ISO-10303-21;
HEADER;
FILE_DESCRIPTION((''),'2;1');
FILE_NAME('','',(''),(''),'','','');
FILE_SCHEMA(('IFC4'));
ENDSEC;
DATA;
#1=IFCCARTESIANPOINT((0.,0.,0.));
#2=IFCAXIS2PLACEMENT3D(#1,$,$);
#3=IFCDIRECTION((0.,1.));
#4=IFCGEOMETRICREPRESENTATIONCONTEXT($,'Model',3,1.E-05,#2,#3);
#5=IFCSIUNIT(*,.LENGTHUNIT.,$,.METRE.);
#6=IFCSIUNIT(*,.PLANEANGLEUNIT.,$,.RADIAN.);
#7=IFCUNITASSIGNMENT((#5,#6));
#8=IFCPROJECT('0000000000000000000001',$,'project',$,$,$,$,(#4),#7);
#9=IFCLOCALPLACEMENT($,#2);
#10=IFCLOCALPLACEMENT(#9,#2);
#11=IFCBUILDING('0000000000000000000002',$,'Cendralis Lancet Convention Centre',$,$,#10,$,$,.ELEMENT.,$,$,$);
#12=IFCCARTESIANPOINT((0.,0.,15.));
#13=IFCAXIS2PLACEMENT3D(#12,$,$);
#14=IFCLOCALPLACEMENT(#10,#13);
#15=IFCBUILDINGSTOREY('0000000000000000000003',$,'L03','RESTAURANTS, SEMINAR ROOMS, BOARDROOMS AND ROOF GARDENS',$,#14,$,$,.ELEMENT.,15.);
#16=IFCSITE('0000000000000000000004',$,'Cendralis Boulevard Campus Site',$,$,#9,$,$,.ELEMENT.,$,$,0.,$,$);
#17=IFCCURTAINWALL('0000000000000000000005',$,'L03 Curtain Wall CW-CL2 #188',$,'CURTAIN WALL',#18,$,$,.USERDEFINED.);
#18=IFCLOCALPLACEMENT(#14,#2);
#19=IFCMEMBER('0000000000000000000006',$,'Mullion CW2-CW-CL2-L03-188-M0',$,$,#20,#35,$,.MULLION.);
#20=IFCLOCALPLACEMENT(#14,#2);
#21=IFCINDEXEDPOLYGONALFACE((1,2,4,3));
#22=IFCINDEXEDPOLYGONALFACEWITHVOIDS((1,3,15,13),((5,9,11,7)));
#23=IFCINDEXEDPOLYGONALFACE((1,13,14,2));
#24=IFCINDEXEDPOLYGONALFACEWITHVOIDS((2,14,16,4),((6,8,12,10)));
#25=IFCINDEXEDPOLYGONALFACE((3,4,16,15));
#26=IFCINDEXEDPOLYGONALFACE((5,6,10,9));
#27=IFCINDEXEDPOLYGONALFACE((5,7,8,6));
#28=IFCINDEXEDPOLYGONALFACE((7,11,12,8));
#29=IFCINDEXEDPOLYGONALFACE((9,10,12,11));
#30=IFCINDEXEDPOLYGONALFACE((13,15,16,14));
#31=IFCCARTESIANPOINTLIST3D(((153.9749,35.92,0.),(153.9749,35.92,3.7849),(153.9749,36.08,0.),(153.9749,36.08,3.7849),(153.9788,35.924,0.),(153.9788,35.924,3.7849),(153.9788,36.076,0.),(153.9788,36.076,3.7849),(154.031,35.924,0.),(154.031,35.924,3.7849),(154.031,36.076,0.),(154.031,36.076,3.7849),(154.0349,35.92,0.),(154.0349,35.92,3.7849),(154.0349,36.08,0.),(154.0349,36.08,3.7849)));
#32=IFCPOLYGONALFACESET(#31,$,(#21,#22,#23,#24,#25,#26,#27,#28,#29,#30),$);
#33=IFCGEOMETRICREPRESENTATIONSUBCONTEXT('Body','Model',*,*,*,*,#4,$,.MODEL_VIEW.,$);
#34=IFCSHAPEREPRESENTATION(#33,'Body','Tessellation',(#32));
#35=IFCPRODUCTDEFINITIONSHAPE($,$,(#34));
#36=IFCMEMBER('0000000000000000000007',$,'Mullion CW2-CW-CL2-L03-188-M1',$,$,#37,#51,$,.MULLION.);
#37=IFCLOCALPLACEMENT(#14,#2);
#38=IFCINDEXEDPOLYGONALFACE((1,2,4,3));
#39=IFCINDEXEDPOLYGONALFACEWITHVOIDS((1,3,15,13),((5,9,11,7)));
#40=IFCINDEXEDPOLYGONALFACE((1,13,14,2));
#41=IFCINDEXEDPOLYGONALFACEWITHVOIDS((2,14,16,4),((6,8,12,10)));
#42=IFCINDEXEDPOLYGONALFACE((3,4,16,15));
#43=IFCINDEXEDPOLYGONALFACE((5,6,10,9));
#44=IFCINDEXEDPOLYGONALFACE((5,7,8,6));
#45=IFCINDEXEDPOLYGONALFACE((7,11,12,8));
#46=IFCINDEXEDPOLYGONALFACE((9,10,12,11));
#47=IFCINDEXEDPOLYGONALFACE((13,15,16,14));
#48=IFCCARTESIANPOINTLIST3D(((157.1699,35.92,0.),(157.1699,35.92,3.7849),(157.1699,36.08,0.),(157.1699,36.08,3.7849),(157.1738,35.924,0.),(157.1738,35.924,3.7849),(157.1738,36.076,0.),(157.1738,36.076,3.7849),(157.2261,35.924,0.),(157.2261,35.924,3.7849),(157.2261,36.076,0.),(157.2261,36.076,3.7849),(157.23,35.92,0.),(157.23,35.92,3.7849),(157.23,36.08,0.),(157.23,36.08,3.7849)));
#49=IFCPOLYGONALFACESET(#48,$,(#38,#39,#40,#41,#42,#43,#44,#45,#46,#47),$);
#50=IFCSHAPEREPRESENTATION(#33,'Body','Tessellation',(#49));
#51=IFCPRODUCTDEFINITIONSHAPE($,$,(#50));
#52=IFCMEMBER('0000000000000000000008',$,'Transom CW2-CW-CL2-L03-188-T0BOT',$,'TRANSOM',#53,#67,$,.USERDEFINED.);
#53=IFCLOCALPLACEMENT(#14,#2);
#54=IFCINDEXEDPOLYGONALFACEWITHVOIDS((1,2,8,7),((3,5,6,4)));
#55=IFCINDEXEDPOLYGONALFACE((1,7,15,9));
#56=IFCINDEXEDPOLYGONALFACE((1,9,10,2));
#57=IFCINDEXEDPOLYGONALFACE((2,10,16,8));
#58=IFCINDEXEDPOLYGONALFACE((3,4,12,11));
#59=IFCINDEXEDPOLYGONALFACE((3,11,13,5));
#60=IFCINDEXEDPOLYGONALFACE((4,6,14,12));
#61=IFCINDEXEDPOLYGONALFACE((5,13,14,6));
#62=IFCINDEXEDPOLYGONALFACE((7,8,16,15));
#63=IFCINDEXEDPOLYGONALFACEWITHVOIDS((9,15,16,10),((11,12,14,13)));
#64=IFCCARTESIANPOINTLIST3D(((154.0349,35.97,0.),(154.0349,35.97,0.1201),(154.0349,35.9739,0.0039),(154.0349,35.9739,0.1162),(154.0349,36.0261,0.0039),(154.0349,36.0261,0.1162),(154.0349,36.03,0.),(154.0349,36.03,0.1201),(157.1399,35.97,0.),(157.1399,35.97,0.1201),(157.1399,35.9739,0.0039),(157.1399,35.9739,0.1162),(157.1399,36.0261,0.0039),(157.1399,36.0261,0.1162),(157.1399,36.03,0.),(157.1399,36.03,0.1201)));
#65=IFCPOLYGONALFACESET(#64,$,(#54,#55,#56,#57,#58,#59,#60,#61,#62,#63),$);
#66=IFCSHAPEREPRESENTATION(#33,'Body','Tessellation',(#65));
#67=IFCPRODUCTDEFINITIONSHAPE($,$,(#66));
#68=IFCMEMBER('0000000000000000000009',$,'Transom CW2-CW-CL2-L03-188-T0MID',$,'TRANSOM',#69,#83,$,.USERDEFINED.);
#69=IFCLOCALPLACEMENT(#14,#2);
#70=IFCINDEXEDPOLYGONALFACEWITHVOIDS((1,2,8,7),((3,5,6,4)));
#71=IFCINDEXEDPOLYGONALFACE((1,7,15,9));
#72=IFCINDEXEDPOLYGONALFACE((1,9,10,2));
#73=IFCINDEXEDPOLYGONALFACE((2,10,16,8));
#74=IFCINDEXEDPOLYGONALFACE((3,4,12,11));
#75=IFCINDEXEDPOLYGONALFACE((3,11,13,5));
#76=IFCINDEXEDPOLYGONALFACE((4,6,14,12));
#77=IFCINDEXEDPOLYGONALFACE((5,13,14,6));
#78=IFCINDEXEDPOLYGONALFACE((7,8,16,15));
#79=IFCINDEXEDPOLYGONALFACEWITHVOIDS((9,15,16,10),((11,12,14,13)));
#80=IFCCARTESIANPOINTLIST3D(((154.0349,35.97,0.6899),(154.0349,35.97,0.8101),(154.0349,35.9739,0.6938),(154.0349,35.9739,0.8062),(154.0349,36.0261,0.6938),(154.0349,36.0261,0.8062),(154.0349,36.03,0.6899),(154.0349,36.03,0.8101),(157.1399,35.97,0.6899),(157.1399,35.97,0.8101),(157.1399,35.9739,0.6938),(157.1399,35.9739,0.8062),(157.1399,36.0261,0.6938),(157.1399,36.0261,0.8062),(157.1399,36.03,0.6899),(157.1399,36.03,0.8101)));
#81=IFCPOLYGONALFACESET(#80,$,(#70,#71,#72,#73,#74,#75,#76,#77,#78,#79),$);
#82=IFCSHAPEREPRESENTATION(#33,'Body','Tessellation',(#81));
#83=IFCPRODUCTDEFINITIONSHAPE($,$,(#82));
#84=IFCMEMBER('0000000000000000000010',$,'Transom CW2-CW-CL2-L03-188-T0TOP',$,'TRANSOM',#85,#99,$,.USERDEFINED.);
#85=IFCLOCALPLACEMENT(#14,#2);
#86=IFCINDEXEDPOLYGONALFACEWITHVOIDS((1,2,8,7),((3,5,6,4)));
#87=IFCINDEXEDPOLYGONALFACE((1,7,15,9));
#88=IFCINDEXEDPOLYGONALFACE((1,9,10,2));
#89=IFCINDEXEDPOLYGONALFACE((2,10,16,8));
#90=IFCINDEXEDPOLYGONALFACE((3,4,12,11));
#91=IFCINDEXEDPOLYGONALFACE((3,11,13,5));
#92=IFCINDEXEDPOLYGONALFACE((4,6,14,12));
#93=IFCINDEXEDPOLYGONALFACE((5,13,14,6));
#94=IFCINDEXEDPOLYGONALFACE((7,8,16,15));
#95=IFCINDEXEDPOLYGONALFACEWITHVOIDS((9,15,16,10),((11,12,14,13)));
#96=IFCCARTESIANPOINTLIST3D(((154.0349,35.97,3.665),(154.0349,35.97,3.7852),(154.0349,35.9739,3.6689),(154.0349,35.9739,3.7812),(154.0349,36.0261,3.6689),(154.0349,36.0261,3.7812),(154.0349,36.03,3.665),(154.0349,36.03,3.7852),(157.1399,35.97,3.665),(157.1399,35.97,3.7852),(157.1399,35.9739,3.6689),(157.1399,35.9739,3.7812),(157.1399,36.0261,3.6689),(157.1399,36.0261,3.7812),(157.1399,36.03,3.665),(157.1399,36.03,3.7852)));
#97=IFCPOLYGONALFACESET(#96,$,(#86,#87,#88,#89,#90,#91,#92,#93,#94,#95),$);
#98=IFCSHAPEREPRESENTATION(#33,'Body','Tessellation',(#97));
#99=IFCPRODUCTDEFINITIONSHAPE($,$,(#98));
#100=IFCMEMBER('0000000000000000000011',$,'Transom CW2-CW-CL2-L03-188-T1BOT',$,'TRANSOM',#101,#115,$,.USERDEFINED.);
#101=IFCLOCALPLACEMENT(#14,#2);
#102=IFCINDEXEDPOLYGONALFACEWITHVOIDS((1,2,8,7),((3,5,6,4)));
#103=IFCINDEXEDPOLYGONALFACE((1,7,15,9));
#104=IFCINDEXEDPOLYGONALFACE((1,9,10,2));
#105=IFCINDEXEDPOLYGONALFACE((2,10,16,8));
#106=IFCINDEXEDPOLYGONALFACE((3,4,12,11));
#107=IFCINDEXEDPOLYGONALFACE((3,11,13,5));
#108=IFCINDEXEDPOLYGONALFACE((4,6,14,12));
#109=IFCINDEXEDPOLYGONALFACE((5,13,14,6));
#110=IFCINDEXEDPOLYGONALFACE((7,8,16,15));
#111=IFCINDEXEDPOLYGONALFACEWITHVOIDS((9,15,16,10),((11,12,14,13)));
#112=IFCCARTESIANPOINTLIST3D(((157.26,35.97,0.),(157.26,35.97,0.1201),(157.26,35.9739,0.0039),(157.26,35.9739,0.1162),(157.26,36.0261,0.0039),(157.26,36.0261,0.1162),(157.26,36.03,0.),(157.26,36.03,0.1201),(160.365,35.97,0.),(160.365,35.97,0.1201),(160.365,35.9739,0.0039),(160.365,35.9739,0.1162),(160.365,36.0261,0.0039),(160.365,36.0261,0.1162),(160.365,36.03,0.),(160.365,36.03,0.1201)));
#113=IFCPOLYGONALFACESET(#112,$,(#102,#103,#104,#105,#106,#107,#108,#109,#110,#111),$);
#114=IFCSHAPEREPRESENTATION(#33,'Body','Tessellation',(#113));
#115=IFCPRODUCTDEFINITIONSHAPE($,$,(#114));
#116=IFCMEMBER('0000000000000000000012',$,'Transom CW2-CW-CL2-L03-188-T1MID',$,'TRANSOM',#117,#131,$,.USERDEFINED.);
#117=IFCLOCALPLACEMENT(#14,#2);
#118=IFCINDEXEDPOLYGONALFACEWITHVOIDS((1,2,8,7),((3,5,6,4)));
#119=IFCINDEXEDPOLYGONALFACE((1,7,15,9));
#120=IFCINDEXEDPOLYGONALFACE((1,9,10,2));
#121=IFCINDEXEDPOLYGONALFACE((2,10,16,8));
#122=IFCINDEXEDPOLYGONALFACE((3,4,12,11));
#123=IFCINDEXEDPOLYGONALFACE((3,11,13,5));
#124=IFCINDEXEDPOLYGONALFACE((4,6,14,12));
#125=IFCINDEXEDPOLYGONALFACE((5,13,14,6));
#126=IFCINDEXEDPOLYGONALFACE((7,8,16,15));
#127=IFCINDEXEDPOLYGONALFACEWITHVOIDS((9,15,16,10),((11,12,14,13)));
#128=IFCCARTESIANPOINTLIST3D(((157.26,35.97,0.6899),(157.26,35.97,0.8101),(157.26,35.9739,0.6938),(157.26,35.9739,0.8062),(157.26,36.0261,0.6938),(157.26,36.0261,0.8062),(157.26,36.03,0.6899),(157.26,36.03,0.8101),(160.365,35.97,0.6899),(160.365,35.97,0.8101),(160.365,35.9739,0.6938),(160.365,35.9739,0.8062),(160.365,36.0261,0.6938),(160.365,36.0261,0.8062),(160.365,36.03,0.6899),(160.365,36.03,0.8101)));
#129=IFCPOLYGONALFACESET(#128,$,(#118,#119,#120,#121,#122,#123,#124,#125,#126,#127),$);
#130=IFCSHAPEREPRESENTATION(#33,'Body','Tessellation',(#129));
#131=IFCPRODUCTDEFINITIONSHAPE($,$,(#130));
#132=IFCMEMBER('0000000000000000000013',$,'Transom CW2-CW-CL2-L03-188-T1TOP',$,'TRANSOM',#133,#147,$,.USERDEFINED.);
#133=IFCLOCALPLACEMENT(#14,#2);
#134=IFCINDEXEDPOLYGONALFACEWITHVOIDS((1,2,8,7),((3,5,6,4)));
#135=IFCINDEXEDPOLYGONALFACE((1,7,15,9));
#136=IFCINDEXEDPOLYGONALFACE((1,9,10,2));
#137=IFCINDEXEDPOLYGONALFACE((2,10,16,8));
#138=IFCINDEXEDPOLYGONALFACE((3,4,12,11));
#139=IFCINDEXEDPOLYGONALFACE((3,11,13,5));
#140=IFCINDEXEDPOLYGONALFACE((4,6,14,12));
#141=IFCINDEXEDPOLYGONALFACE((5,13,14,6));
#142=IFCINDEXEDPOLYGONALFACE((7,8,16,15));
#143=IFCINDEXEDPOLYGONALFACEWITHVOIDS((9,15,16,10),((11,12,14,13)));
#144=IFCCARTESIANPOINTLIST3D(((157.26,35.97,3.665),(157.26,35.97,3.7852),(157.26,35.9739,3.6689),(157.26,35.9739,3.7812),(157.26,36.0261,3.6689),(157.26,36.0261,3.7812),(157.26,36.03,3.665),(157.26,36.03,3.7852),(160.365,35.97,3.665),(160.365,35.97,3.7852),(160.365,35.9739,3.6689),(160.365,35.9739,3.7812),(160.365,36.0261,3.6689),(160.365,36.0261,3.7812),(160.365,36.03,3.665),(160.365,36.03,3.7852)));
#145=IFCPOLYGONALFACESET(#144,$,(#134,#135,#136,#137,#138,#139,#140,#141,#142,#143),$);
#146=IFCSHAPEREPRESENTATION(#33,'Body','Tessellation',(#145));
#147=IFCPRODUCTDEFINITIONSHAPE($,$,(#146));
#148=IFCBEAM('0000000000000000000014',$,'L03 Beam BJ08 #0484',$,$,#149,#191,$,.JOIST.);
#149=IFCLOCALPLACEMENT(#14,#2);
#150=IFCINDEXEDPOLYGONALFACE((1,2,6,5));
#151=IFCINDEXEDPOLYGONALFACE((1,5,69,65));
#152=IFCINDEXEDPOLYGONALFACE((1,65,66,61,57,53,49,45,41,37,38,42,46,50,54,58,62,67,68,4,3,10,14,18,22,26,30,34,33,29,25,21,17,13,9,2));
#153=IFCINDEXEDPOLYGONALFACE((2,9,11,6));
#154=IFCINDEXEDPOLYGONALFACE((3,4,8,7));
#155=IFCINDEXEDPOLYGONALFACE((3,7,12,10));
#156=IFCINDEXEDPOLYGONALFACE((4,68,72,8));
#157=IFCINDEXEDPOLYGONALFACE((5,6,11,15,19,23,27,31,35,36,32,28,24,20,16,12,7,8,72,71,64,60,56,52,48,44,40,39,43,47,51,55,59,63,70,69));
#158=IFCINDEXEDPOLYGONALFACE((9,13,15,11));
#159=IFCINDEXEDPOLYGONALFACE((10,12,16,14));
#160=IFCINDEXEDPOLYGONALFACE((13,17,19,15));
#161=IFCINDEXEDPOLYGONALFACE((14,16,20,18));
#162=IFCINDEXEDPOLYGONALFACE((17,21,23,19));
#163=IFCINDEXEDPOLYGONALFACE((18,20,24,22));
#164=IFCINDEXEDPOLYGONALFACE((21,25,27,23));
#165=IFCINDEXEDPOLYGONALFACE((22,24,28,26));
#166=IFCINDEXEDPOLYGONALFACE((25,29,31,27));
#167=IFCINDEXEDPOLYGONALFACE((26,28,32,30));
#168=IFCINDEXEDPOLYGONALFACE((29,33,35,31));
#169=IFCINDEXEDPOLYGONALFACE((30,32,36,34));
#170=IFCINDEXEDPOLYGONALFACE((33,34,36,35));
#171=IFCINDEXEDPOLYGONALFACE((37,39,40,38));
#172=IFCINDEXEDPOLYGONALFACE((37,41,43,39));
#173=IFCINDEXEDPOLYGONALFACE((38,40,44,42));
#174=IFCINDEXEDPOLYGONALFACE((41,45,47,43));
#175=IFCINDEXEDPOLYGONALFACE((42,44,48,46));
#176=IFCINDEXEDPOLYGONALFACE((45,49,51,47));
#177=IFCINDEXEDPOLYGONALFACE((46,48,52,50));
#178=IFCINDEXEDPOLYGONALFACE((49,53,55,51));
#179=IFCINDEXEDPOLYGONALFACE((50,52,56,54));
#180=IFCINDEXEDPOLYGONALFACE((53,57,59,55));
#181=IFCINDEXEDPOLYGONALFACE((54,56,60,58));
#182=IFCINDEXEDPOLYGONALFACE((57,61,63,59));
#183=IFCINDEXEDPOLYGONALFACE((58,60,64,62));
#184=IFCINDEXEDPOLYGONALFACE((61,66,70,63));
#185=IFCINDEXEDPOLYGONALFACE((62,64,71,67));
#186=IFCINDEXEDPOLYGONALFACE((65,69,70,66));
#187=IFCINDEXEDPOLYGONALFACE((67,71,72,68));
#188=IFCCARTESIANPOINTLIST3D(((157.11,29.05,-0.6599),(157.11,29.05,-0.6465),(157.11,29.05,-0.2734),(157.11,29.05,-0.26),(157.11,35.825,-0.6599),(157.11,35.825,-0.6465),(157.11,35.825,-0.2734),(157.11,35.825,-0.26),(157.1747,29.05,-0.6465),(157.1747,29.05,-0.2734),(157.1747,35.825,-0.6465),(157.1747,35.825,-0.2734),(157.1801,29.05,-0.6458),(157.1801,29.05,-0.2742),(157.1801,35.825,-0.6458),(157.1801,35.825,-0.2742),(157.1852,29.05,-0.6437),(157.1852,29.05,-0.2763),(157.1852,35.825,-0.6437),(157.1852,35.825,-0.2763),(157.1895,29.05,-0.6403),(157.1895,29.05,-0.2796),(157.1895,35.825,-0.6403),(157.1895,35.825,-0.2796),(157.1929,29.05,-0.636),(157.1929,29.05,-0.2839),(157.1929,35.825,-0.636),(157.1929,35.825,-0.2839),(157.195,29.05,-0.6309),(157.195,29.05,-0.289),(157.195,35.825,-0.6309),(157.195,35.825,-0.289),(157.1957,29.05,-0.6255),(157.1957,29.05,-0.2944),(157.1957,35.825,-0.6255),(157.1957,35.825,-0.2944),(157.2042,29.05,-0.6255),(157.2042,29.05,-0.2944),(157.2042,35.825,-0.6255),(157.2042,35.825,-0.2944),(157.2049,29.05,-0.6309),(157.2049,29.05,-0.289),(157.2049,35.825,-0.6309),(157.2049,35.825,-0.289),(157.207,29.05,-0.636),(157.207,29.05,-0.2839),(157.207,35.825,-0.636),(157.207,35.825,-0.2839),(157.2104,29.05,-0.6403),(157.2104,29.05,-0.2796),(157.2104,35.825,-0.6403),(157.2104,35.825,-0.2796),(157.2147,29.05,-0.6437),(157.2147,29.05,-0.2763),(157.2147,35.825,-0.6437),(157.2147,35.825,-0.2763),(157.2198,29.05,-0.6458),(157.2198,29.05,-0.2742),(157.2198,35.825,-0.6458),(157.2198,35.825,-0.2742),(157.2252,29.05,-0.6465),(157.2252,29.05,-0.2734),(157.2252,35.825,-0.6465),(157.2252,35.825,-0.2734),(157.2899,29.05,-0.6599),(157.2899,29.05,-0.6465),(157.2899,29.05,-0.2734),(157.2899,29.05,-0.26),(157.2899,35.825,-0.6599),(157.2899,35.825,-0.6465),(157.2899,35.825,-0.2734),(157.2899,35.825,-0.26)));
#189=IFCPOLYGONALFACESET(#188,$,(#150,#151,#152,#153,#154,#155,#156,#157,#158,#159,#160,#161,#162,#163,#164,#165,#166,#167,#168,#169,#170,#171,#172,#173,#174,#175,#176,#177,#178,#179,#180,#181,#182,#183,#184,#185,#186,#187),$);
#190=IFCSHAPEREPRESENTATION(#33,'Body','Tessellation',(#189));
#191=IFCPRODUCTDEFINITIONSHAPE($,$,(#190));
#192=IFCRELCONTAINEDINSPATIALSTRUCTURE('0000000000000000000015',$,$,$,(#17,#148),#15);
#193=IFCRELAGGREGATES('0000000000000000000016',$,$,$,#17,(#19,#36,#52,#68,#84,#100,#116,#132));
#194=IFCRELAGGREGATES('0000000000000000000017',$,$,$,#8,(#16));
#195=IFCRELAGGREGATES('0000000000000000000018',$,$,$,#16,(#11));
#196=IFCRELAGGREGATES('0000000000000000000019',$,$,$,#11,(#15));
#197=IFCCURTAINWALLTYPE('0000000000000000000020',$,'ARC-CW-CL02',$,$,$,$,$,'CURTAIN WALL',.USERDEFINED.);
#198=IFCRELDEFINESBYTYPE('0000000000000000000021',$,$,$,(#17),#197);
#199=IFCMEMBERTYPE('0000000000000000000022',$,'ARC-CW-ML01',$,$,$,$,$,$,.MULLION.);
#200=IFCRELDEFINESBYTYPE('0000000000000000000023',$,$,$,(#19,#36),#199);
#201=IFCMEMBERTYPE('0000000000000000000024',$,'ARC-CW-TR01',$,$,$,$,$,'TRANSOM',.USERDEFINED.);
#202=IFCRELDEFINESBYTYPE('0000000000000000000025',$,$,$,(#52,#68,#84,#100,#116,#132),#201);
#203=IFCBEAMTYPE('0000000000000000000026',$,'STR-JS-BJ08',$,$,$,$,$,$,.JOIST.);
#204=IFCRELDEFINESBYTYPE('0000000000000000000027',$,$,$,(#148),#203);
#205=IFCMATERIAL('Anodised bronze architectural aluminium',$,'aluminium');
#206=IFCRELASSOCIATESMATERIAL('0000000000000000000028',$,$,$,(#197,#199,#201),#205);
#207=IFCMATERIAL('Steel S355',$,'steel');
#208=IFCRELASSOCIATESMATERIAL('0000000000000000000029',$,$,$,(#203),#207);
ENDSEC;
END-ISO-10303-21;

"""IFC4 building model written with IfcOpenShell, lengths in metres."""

from ifc_helpers import new_model, si_unit, direction, frame, origin, origin_2d, place, context, subcontext, project, spatial, hollow_rectangle, i_section, extrude, material, material_profile, profile_set, type_object, element, aggregate, save


model = new_model("IFC4")

# Units and contexts
model_context = context("Model", 3, precision=1e-05, world=origin(), true_north=direction((0.0, 1.0)))
body_context = subcontext(model_context, "Body", "Model", "MODEL_VIEW")
ifc_project = project(units=[si_unit("LENGTHUNIT", "METRE"), si_unit("PLANEANGLEUNIT", "RADIAN")], contexts=[model_context])

# Site, building, storey
site_placement = place(None, origin())
site = spatial("IfcSite", under=ifc_project, at=site_placement, Name="Cendralis Boulevard Campus Site", CompositionType="ELEMENT", RefElevation=0.0)
building_placement = place(site_placement, origin())
building = spatial("IfcBuilding", under=site, at=building_placement, Name="Cendralis Lancet Convention Centre", CompositionType="ELEMENT")
storey_placement = place(building_placement, frame((0.0, 0.0, 15.0)))
storey = spatial("IfcBuildingStorey", under=building, at=storey_placement, Name="L03", Description="RESTAURANTS, SEMINAR ROOMS, BOARDROOMS AND ROOF GARDENS", CompositionType="ELEMENT", Elevation=15.0)

# Curtain wall, members
ifc_material_1 = material(Name="Anodised bronze architectural aluminium", Category="aluminium")
curtain_wall_type = type_object("IfcCurtainWallType", Name="ARC-CW-CL02", ElementType="CURTAIN WALL", PredefinedType="USERDEFINED", material=ifc_material_1)
curtain_wall_placement = place(storey_placement, origin())
curtain_wall = element("IfcCurtainWall", 1, at=curtain_wall_placement, inside=storey, type_object=curtain_wall_type, Name="L03 Curtain Wall CW-CL2 #188", ObjectType="CURTAIN WALL", PredefinedType="USERDEFINED")
ifc_material_profile_1 = material_profile(ifc_material_1, hollow_rectangle(XDim=0.0601, YDim=0.1599, WallThickness=0.0039, at=origin_2d()), Name="AL-MULL 60x160x4.0")
ifc_profile_set_1 = profile_set([ifc_material_profile_1], Name="Anodised bronze architectural aluminium")
member_type_1 = type_object("IfcMemberType", Name="ARC-CW-ML01", PredefinedType="MULLION", material=ifc_profile_set_1)
member_1_placement = place(storey_placement, frame((154.0049, 36.0, 0.0), z_axis=(0.0, 0.0, 1.0), x_axis=(1.0, 0.0, 0.0)))
member_1 = element("IfcMember", 2, at=member_1_placement, type_object=member_type_1, Name="Mullion CW2-CW-CL2-L03-188-M0", PredefinedType="MULLION", context=body_context, shape_type="SweptSolid", body=[
    extrude(hollow_rectangle(XDim=0.0601, YDim=0.1599, WallThickness=0.0039, at=origin_2d()), origin(), (0.0, 0.0, 1.0), 3.7849),
])
member_2_placement = place(storey_placement, frame((157.2, 36.0, 0.0), z_axis=(0.0, 0.0, 1.0), x_axis=(1.0, 0.0, 0.0)))
member_2 = element("IfcMember", 3, at=member_2_placement, type_object=member_type_1, Name="Mullion CW2-CW-CL2-L03-188-M1", PredefinedType="MULLION", context=body_context, shape_type="SweptSolid", body=[
    extrude(hollow_rectangle(XDim=0.0601, YDim=0.1599, WallThickness=0.0039, at=origin_2d()), origin(), (0.0, 0.0, 1.0), 3.7849),
])
ifc_material_profile_2 = material_profile(ifc_material_1, hollow_rectangle(XDim=0.0601, YDim=0.1201, WallThickness=0.0039, at=origin_2d()), Name="AL-TRAN 60x120x4.0")
ifc_profile_set_2 = profile_set([ifc_material_profile_2], Name="Anodised bronze architectural aluminium")
member_type_2 = type_object("IfcMemberType", Name="ARC-CW-TR01", ElementType="TRANSOM", PredefinedType="USERDEFINED", material=ifc_profile_set_2)
member_3_placement = place(storey_placement, frame((154.0349, 36.0, 0.0601), z_axis=(1.0, 0.0, 0.0), x_axis=(0.0, 1.0, 0.0)))
member_3 = element("IfcMember", 4, at=member_3_placement, type_object=member_type_2, Name="Transom CW2-CW-CL2-L03-188-T0BOT", ObjectType="TRANSOM", PredefinedType="USERDEFINED", context=body_context, shape_type="SweptSolid", body=[
    extrude(hollow_rectangle(XDim=0.0601, YDim=0.1201, WallThickness=0.0039, at=origin_2d()), origin(), (0.0, 0.0, 1.0), 3.105),
])
member_4_placement = place(storey_placement, frame((154.0349, 36.0, 0.75), z_axis=(1.0, 0.0, 0.0), x_axis=(0.0, 1.0, 0.0)))
member_4 = element("IfcMember", 5, at=member_4_placement, type_object=member_type_2, Name="Transom CW2-CW-CL2-L03-188-T0MID", ObjectType="TRANSOM", PredefinedType="USERDEFINED", context=body_context, shape_type="SweptSolid", body=[
    extrude(hollow_rectangle(XDim=0.0601, YDim=0.1201, WallThickness=0.0039, at=origin_2d()), origin(), (0.0, 0.0, 1.0), 3.105),
])
member_5_placement = place(storey_placement, frame((154.0349, 36.0, 3.7251), z_axis=(1.0, 0.0, 0.0), x_axis=(0.0, 1.0, 0.0)))
member_5 = element("IfcMember", 6, at=member_5_placement, type_object=member_type_2, Name="Transom CW2-CW-CL2-L03-188-T0TOP", ObjectType="TRANSOM", PredefinedType="USERDEFINED", context=body_context, shape_type="SweptSolid", body=[
    extrude(hollow_rectangle(XDim=0.0601, YDim=0.1201, WallThickness=0.0039, at=origin_2d()), origin(), (0.0, 0.0, 1.0), 3.105),
])
member_6_placement = place(storey_placement, frame((157.26, 36.0, 0.0601), z_axis=(1.0, 0.0, 0.0), x_axis=(0.0, 1.0, 0.0)))
member_6 = element("IfcMember", 7, at=member_6_placement, type_object=member_type_2, Name="Transom CW2-CW-CL2-L03-188-T1BOT", ObjectType="TRANSOM", PredefinedType="USERDEFINED", context=body_context, shape_type="SweptSolid", body=[
    extrude(hollow_rectangle(XDim=0.0601, YDim=0.1201, WallThickness=0.0039, at=origin_2d()), origin(), (0.0, 0.0, 1.0), 3.105),
])
member_7_placement = place(storey_placement, frame((157.26, 36.0, 0.75), z_axis=(1.0, 0.0, 0.0), x_axis=(0.0, 1.0, 0.0)))
member_7 = element("IfcMember", 8, at=member_7_placement, type_object=member_type_2, Name="Transom CW2-CW-CL2-L03-188-T1MID", ObjectType="TRANSOM", PredefinedType="USERDEFINED", context=body_context, shape_type="SweptSolid", body=[
    extrude(hollow_rectangle(XDim=0.0601, YDim=0.1201, WallThickness=0.0039, at=origin_2d()), origin(), (0.0, 0.0, 1.0), 3.105),
])
member_8_placement = place(storey_placement, frame((157.26, 36.0, 3.7251), z_axis=(1.0, 0.0, 0.0), x_axis=(0.0, 1.0, 0.0)))
member_8 = element("IfcMember", 9, at=member_8_placement, type_object=member_type_2, Name="Transom CW2-CW-CL2-L03-188-T1TOP", ObjectType="TRANSOM", PredefinedType="USERDEFINED", context=body_context, shape_type="SweptSolid", body=[
    extrude(hollow_rectangle(XDim=0.0601, YDim=0.1201, WallThickness=0.0039, at=origin_2d()), origin(), (0.0, 0.0, 1.0), 3.105),
])

# Beam
ifc_material_2 = material(Name="Steel S355", Category="steel")
ifc_material_profile_3 = material_profile(ifc_material_2, i_section(OverallWidth=0.1799, OverallDepth=0.3999, WebThickness=0.0085, FlangeThickness=0.0134, FilletRadius=0.021, at=origin_2d()), Name="IPE 400")
ifc_profile_set_3 = profile_set([ifc_material_profile_3], Name="Steel S355")
beam_type_1 = type_object("IfcBeamType", Name="STR-JS-BJ08", PredefinedType="JOIST", material=ifc_profile_set_3)
beam_1_placement = place(storey_placement, frame((157.2, 29.05, -0.46), z_axis=(0.0, 1.0, 0.0), x_axis=(-1.0, 0.0, 0.0)))
element("IfcBeam", 10, at=beam_1_placement, inside=storey, type_object=beam_type_1, Name="L03 Beam BJ08 #0484", PredefinedType="JOIST", context=body_context, shape_type="SweptSolid", body=[
    extrude(i_section(OverallWidth=0.1799, OverallDepth=0.3999, WebThickness=0.0085, FlangeThickness=0.0134, FilletRadius=0.021, at=origin_2d()), origin(), (0.0, 0.0, 1.0), 6.7749),
])

aggregate(curtain_wall, [member_1, member_2, member_3, member_4, member_5, member_6, member_7, member_8])

save(model, "model.ifc")
